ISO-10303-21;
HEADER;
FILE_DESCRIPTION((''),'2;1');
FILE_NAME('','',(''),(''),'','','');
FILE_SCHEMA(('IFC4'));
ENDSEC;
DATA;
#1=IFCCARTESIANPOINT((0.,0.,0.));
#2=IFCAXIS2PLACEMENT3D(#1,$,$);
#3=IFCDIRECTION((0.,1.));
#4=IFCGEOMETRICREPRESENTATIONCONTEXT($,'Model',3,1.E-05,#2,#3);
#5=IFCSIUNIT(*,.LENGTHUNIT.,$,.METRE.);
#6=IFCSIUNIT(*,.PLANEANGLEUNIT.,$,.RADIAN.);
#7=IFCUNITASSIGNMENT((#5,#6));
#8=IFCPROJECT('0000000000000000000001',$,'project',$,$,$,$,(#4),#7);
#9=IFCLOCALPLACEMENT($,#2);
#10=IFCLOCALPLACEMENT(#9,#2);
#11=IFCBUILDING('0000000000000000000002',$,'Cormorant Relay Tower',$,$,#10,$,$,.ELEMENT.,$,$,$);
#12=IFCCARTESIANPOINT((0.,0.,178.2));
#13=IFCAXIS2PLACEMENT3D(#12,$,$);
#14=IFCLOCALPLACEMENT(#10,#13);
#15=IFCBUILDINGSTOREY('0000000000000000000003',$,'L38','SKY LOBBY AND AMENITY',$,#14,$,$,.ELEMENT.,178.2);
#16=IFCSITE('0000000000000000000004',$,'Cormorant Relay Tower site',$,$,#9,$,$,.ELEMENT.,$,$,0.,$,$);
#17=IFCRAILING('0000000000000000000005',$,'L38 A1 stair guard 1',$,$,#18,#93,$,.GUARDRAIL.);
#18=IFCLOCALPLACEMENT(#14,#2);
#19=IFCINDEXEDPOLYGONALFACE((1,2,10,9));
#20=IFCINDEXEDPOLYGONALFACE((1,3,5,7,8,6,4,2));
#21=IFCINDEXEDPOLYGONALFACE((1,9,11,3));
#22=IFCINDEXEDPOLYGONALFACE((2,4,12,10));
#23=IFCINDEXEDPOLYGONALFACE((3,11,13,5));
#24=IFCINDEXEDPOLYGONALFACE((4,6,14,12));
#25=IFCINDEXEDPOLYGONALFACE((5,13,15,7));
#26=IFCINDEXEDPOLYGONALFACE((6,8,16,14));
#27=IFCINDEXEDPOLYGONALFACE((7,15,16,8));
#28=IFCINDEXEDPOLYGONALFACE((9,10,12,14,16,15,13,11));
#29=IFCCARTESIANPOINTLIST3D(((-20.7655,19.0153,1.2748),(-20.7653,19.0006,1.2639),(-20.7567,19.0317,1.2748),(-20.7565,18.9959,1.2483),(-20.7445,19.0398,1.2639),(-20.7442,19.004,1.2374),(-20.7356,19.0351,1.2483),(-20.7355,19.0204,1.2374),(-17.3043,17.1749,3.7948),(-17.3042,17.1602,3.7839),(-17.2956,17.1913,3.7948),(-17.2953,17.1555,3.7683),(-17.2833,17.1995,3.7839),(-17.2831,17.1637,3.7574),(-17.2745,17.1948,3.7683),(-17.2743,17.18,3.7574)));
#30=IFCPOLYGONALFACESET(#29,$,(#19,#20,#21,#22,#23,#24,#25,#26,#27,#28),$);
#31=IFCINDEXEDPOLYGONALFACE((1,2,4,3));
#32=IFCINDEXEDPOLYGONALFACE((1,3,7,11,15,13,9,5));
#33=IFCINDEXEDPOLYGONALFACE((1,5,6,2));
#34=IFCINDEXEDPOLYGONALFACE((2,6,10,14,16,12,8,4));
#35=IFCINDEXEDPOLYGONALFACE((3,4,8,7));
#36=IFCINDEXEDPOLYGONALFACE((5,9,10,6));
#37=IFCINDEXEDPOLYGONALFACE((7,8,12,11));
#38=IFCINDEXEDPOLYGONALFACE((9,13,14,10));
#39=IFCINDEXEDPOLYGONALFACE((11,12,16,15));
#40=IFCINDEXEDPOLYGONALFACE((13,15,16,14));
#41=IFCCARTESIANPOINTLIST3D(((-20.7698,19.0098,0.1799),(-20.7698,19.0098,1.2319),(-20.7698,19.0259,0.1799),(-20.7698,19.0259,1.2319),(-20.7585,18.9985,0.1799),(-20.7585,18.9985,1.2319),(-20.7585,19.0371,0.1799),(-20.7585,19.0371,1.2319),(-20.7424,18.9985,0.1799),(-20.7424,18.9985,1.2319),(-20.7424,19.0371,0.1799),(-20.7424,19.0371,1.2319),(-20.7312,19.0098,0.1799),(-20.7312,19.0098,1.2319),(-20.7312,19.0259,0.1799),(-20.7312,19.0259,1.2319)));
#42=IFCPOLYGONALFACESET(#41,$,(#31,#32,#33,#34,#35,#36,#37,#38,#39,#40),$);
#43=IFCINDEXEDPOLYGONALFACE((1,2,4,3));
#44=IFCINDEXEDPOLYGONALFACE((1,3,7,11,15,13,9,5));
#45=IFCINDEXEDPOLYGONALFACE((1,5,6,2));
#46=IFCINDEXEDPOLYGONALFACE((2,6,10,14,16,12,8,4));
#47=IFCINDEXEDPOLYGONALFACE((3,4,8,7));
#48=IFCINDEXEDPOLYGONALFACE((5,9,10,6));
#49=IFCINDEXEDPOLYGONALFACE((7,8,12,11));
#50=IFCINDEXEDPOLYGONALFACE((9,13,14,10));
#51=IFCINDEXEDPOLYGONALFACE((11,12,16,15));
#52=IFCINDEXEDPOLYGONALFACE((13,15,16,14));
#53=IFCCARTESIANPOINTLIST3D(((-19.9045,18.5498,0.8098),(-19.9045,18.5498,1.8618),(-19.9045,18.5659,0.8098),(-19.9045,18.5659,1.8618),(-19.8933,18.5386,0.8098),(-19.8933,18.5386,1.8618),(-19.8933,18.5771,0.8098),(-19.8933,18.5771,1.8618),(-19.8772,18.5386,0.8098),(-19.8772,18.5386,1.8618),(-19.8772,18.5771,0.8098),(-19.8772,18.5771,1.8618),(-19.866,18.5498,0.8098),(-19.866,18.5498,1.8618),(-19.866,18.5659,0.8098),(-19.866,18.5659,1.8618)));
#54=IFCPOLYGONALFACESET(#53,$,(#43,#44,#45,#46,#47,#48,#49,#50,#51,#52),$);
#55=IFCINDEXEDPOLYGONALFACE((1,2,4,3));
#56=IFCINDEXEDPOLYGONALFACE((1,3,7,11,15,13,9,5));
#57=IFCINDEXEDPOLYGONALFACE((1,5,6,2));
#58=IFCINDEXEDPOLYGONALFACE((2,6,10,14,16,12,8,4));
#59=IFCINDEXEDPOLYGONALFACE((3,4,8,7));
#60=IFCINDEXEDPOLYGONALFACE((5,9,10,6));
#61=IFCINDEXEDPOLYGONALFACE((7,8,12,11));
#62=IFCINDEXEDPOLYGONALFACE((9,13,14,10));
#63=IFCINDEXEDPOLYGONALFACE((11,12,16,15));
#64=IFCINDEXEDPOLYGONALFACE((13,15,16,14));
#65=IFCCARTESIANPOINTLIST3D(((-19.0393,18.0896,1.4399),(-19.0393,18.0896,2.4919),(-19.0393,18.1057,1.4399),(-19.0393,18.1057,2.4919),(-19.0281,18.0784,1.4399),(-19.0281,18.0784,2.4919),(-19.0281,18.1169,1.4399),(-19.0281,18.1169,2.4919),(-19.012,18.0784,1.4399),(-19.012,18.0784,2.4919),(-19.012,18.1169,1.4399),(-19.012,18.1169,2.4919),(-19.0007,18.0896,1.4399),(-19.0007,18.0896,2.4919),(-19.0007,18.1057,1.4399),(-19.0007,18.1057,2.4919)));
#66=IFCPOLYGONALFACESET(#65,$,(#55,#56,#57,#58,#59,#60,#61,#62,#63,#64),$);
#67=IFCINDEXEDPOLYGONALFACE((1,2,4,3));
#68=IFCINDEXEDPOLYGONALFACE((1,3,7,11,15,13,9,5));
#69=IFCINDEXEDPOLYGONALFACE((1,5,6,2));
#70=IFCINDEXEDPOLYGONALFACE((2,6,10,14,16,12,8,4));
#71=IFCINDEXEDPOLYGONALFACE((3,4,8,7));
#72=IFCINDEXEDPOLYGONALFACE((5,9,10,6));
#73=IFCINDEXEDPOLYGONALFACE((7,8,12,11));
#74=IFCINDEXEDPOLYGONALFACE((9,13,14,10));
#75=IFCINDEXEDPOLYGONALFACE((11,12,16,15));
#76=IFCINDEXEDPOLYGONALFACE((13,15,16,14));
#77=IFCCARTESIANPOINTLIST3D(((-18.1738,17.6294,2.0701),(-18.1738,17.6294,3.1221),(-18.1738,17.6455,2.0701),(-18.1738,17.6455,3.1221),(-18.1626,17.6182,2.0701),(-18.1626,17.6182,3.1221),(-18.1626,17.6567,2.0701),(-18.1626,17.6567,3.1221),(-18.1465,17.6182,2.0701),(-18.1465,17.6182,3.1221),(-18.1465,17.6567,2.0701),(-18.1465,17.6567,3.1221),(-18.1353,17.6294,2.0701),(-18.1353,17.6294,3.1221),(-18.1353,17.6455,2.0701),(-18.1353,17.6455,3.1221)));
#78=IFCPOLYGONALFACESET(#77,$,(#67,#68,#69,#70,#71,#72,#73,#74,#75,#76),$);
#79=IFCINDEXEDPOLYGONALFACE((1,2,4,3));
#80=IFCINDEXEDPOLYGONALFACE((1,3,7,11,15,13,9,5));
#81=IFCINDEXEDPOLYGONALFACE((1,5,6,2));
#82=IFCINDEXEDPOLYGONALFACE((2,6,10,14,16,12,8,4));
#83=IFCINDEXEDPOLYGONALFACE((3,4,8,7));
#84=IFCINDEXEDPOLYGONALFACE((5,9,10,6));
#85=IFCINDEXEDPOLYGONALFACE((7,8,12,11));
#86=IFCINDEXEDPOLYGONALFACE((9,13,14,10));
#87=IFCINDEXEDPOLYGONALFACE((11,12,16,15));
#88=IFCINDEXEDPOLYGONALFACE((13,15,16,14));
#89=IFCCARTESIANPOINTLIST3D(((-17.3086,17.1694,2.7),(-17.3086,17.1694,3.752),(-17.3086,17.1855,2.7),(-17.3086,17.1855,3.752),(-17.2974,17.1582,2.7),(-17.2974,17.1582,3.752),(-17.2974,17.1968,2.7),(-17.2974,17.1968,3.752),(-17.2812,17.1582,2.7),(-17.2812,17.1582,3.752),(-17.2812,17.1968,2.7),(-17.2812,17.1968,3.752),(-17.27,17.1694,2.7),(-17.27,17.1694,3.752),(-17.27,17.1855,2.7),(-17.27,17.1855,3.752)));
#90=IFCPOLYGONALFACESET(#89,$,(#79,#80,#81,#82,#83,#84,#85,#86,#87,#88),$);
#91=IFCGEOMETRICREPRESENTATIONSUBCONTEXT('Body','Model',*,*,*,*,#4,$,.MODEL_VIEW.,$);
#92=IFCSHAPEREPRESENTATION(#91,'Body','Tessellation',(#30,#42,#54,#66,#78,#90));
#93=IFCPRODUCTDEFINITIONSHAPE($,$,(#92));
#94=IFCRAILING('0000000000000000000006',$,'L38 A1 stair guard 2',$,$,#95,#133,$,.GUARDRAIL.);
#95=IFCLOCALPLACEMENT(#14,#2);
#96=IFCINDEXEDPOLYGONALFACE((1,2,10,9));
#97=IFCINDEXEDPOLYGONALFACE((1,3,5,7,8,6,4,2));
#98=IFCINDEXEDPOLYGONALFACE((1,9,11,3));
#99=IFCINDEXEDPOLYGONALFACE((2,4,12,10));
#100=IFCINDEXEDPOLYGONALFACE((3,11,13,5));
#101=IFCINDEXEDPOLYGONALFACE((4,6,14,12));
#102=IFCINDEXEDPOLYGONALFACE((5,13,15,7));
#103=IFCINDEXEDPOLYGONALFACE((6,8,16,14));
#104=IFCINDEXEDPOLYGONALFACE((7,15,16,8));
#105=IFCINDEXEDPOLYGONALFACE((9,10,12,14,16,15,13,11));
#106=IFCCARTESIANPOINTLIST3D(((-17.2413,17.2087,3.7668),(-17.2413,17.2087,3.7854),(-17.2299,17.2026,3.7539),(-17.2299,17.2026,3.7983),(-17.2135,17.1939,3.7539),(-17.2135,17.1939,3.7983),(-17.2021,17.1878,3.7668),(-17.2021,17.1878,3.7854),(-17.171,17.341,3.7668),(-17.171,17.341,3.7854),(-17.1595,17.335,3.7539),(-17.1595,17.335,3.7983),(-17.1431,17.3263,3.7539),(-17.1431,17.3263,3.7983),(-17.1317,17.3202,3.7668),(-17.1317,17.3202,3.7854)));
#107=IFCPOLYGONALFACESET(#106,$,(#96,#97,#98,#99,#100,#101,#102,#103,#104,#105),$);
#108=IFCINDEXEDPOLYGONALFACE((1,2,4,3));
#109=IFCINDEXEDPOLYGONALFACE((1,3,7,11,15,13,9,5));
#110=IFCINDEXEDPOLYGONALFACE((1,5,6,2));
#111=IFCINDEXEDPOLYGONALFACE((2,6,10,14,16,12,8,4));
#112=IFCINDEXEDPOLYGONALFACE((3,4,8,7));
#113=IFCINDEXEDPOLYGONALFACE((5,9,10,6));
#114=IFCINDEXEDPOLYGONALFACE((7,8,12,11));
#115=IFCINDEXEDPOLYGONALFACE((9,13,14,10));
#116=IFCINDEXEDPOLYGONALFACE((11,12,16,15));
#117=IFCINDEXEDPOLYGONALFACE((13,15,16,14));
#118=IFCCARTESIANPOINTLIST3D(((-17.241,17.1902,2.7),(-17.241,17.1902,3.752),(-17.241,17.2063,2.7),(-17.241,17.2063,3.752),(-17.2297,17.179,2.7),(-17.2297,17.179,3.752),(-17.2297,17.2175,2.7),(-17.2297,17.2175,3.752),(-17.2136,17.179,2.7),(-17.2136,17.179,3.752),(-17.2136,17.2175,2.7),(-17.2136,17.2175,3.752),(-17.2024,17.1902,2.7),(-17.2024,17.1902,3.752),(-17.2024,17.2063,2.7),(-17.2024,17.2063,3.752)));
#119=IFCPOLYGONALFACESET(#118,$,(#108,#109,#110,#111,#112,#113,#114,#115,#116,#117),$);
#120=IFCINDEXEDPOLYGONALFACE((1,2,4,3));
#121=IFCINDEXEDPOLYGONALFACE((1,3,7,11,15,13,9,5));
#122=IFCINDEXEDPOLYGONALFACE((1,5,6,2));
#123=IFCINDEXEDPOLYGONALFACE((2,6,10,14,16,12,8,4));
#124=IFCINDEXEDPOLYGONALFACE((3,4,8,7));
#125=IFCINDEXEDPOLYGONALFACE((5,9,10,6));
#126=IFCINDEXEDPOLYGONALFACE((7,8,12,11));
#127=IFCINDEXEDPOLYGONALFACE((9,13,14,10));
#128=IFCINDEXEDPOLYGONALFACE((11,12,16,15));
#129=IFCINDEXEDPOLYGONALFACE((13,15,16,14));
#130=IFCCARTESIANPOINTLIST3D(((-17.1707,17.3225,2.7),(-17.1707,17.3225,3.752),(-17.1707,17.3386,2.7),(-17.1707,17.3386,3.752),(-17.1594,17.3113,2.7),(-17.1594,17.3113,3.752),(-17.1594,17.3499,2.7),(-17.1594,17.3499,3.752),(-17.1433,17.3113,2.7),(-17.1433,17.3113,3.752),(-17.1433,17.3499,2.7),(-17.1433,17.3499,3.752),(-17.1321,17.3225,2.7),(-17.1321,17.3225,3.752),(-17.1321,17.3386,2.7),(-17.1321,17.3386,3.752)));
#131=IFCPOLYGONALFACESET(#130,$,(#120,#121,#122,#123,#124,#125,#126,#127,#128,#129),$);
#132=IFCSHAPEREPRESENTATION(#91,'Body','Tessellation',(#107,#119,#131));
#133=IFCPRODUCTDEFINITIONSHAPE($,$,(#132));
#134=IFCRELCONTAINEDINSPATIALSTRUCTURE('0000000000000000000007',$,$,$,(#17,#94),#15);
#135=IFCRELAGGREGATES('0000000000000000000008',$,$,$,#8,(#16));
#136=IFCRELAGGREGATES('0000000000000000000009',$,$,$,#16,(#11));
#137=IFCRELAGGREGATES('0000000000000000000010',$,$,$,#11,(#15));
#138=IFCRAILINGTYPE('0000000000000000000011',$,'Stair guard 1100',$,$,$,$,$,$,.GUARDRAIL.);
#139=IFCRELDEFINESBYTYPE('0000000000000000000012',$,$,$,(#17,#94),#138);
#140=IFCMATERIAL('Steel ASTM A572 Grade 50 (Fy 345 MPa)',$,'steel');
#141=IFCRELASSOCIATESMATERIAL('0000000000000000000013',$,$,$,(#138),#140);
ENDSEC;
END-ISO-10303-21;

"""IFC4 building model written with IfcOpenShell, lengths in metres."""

from ifc_helpers import new_model, si_unit, direction, frame, origin, place, context, subcontext, project, spatial, polyline, outline, extrude, material, type_object, element, save


model = new_model("IFC4")

# Units and contexts
model_context = context("Model", 3, precision=1e-05, world=origin(), true_north=direction((0.0, 1.0)))
body_context = subcontext(model_context, "Body", "Model", "MODEL_VIEW")
ifc_project = project(units=[si_unit("LENGTHUNIT", "METRE"), si_unit("PLANEANGLEUNIT", "RADIAN")], contexts=[model_context])

# Site, building, storey
site_placement = place(None, origin())
site = spatial("IfcSite", under=ifc_project, at=site_placement, Name="Cormorant Relay Tower site", CompositionType="ELEMENT", RefElevation=0.0)
building_placement = place(site_placement, origin())
building = spatial("IfcBuilding", under=site, at=building_placement, Name="Cormorant Relay Tower", CompositionType="ELEMENT")
storey_placement = place(building_placement, frame((0.0, 0.0, 178.2)))
storey = spatial("IfcBuildingStorey", under=building, at=storey_placement, Name="L38", Description="SKY LOBBY AND AMENITY", CompositionType="ELEMENT", Elevation=178.2)

# Railings
ifc_material_1 = material(Name="Steel ASTM A572 Grade 50 (Fy 345 MPa)", Category="steel")
railing_type_1 = type_object("IfcRailingType", Name="Stair guard 1100", PredefinedType="GUARDRAIL", material=ifc_material_1)
railing_1_placement = place(storey_placement, frame((-20.7505, 19.0178, 0.1799)))
element("IfcRailing", 1, at=railing_1_placement, inside=storey, type_object=railing_type_1, Name="L38 A1 stair guard 1", PredefinedType="GUARDRAIL", context=body_context, shape_type="SweptSolid", body=[
    extrude(outline(polyline([(0.0222, 0.0093), (0.0093, 0.0222), (-0.0093, 0.0222), (-0.0222, 0.0093), (-0.0222, -0.0093), (-0.0093, -0.0222), (0.0093, -0.0222), (0.0222, -0.0093), (0.0222, 0.0093)])), frame((0.0, 0.0, 1.0762), z_axis=(0.742717, -0.394907, 0.540758), x_axis=(0.469469, 0.882949, 0.0)), (0.0, 0.0, 1.0), 4.6602),
    extrude(outline(polyline([(0.0193, 0.0081), (0.0081, 0.0193), (-0.0081, 0.0193), (-0.0193, 0.0081), (-0.0193, -0.0081), (-0.0081, -0.0193), (0.0081, -0.0193), (0.0193, -0.0081), (0.0193, 0.0081)])), origin(), (0.0, 0.0, 1.0), 1.052),
    extrude(outline(polyline([(0.0193, 0.0081), (0.0081, 0.0193), (-0.0081, 0.0193), (-0.0193, 0.0081), (-0.0193, -0.0081), (-0.0081, -0.0193), (0.0081, -0.0193), (0.0193, -0.0081), (0.0193, 0.0081)])), frame((0.8652, -0.46, 0.6299)), (0.0, 0.0, 1.0), 1.052),
    extrude(outline(polyline([(0.0193, 0.0081), (0.0081, 0.0193), (-0.0081, 0.0193), (-0.0193, 0.0081), (-0.0193, -0.0081), (-0.0081, -0.0193), (0.0081, -0.0193), (0.0193, -0.0081), (0.0193, 0.0081)])), frame((1.7305, -0.9202, 1.26)), (0.0, 0.0, 1.0), 1.052),
    extrude(outline(polyline([(0.0193, 0.0081), (0.0081, 0.0193), (-0.0081, 0.0193), (-0.0193, 0.0081), (-0.0193, -0.0081), (-0.0081, -0.0193), (0.0081, -0.0193), (0.0193, -0.0081), (0.0193, 0.0081)])), frame((2.5959, -1.3804, 1.8901)), (0.0, 0.0, 1.0), 1.052),
    extrude(outline(polyline([(0.0193, 0.0081), (0.0081, 0.0193), (-0.0081, 0.0193), (-0.0193, 0.0081), (-0.0193, -0.0081), (-0.0081, -0.0193), (0.0081, -0.0193), (0.0193, -0.0081), (0.0193, 0.0081)])), frame((3.4612, -1.8403, 2.52)), (0.0, 0.0, 1.0), 1.052),
])
railing_2_placement = place(storey_placement, frame((-17.2217, 17.1982, 2.7)))
element("IfcRailing", 2, at=railing_2_placement, inside=storey, type_object=railing_type_1, Name="L38 A1 stair guard 2", PredefinedType="GUARDRAIL", context=body_context, shape_type="SweptSolid", body=[
    extrude(outline(polyline([(0.0222, 0.0093), (0.0093, 0.0222), (-0.0093, 0.0222), (-0.0222, 0.0093), (-0.0222, -0.0093), (-0.0093, -0.0222), (0.0093, -0.0222), (0.0222, -0.0093), (0.0222, 0.0093)])), frame((0.0, 0.0, 1.0762), z_axis=(0.469235, 0.883074, 0.0), x_axis=(-0.883074, 0.469235, 0.0)), (0.0, 0.0, 1.0), 0.1499),
    extrude(outline(polyline([(0.0193, 0.0081), (0.0081, 0.0193), (-0.0081, 0.0193), (-0.0193, 0.0081), (-0.0193, -0.0081), (-0.0081, -0.0193), (0.0081, -0.0193), (0.0193, -0.0081), (0.0193, 0.0081)])), origin(), (0.0, 0.0, 1.0), 1.052),
    extrude(outline(polyline([(0.0193, 0.0081), (0.0081, 0.0193), (-0.0081, 0.0193), (-0.0193, 0.0081), (-0.0193, -0.0081), (-0.0081, -0.0193), (0.0081, -0.0193), (0.0193, -0.0081), (0.0193, 0.0081)])), frame((0.0703, 0.1323, 0.0)), (0.0, 0.0, 1.0), 1.052),
])

save(model, "model.ifc")
